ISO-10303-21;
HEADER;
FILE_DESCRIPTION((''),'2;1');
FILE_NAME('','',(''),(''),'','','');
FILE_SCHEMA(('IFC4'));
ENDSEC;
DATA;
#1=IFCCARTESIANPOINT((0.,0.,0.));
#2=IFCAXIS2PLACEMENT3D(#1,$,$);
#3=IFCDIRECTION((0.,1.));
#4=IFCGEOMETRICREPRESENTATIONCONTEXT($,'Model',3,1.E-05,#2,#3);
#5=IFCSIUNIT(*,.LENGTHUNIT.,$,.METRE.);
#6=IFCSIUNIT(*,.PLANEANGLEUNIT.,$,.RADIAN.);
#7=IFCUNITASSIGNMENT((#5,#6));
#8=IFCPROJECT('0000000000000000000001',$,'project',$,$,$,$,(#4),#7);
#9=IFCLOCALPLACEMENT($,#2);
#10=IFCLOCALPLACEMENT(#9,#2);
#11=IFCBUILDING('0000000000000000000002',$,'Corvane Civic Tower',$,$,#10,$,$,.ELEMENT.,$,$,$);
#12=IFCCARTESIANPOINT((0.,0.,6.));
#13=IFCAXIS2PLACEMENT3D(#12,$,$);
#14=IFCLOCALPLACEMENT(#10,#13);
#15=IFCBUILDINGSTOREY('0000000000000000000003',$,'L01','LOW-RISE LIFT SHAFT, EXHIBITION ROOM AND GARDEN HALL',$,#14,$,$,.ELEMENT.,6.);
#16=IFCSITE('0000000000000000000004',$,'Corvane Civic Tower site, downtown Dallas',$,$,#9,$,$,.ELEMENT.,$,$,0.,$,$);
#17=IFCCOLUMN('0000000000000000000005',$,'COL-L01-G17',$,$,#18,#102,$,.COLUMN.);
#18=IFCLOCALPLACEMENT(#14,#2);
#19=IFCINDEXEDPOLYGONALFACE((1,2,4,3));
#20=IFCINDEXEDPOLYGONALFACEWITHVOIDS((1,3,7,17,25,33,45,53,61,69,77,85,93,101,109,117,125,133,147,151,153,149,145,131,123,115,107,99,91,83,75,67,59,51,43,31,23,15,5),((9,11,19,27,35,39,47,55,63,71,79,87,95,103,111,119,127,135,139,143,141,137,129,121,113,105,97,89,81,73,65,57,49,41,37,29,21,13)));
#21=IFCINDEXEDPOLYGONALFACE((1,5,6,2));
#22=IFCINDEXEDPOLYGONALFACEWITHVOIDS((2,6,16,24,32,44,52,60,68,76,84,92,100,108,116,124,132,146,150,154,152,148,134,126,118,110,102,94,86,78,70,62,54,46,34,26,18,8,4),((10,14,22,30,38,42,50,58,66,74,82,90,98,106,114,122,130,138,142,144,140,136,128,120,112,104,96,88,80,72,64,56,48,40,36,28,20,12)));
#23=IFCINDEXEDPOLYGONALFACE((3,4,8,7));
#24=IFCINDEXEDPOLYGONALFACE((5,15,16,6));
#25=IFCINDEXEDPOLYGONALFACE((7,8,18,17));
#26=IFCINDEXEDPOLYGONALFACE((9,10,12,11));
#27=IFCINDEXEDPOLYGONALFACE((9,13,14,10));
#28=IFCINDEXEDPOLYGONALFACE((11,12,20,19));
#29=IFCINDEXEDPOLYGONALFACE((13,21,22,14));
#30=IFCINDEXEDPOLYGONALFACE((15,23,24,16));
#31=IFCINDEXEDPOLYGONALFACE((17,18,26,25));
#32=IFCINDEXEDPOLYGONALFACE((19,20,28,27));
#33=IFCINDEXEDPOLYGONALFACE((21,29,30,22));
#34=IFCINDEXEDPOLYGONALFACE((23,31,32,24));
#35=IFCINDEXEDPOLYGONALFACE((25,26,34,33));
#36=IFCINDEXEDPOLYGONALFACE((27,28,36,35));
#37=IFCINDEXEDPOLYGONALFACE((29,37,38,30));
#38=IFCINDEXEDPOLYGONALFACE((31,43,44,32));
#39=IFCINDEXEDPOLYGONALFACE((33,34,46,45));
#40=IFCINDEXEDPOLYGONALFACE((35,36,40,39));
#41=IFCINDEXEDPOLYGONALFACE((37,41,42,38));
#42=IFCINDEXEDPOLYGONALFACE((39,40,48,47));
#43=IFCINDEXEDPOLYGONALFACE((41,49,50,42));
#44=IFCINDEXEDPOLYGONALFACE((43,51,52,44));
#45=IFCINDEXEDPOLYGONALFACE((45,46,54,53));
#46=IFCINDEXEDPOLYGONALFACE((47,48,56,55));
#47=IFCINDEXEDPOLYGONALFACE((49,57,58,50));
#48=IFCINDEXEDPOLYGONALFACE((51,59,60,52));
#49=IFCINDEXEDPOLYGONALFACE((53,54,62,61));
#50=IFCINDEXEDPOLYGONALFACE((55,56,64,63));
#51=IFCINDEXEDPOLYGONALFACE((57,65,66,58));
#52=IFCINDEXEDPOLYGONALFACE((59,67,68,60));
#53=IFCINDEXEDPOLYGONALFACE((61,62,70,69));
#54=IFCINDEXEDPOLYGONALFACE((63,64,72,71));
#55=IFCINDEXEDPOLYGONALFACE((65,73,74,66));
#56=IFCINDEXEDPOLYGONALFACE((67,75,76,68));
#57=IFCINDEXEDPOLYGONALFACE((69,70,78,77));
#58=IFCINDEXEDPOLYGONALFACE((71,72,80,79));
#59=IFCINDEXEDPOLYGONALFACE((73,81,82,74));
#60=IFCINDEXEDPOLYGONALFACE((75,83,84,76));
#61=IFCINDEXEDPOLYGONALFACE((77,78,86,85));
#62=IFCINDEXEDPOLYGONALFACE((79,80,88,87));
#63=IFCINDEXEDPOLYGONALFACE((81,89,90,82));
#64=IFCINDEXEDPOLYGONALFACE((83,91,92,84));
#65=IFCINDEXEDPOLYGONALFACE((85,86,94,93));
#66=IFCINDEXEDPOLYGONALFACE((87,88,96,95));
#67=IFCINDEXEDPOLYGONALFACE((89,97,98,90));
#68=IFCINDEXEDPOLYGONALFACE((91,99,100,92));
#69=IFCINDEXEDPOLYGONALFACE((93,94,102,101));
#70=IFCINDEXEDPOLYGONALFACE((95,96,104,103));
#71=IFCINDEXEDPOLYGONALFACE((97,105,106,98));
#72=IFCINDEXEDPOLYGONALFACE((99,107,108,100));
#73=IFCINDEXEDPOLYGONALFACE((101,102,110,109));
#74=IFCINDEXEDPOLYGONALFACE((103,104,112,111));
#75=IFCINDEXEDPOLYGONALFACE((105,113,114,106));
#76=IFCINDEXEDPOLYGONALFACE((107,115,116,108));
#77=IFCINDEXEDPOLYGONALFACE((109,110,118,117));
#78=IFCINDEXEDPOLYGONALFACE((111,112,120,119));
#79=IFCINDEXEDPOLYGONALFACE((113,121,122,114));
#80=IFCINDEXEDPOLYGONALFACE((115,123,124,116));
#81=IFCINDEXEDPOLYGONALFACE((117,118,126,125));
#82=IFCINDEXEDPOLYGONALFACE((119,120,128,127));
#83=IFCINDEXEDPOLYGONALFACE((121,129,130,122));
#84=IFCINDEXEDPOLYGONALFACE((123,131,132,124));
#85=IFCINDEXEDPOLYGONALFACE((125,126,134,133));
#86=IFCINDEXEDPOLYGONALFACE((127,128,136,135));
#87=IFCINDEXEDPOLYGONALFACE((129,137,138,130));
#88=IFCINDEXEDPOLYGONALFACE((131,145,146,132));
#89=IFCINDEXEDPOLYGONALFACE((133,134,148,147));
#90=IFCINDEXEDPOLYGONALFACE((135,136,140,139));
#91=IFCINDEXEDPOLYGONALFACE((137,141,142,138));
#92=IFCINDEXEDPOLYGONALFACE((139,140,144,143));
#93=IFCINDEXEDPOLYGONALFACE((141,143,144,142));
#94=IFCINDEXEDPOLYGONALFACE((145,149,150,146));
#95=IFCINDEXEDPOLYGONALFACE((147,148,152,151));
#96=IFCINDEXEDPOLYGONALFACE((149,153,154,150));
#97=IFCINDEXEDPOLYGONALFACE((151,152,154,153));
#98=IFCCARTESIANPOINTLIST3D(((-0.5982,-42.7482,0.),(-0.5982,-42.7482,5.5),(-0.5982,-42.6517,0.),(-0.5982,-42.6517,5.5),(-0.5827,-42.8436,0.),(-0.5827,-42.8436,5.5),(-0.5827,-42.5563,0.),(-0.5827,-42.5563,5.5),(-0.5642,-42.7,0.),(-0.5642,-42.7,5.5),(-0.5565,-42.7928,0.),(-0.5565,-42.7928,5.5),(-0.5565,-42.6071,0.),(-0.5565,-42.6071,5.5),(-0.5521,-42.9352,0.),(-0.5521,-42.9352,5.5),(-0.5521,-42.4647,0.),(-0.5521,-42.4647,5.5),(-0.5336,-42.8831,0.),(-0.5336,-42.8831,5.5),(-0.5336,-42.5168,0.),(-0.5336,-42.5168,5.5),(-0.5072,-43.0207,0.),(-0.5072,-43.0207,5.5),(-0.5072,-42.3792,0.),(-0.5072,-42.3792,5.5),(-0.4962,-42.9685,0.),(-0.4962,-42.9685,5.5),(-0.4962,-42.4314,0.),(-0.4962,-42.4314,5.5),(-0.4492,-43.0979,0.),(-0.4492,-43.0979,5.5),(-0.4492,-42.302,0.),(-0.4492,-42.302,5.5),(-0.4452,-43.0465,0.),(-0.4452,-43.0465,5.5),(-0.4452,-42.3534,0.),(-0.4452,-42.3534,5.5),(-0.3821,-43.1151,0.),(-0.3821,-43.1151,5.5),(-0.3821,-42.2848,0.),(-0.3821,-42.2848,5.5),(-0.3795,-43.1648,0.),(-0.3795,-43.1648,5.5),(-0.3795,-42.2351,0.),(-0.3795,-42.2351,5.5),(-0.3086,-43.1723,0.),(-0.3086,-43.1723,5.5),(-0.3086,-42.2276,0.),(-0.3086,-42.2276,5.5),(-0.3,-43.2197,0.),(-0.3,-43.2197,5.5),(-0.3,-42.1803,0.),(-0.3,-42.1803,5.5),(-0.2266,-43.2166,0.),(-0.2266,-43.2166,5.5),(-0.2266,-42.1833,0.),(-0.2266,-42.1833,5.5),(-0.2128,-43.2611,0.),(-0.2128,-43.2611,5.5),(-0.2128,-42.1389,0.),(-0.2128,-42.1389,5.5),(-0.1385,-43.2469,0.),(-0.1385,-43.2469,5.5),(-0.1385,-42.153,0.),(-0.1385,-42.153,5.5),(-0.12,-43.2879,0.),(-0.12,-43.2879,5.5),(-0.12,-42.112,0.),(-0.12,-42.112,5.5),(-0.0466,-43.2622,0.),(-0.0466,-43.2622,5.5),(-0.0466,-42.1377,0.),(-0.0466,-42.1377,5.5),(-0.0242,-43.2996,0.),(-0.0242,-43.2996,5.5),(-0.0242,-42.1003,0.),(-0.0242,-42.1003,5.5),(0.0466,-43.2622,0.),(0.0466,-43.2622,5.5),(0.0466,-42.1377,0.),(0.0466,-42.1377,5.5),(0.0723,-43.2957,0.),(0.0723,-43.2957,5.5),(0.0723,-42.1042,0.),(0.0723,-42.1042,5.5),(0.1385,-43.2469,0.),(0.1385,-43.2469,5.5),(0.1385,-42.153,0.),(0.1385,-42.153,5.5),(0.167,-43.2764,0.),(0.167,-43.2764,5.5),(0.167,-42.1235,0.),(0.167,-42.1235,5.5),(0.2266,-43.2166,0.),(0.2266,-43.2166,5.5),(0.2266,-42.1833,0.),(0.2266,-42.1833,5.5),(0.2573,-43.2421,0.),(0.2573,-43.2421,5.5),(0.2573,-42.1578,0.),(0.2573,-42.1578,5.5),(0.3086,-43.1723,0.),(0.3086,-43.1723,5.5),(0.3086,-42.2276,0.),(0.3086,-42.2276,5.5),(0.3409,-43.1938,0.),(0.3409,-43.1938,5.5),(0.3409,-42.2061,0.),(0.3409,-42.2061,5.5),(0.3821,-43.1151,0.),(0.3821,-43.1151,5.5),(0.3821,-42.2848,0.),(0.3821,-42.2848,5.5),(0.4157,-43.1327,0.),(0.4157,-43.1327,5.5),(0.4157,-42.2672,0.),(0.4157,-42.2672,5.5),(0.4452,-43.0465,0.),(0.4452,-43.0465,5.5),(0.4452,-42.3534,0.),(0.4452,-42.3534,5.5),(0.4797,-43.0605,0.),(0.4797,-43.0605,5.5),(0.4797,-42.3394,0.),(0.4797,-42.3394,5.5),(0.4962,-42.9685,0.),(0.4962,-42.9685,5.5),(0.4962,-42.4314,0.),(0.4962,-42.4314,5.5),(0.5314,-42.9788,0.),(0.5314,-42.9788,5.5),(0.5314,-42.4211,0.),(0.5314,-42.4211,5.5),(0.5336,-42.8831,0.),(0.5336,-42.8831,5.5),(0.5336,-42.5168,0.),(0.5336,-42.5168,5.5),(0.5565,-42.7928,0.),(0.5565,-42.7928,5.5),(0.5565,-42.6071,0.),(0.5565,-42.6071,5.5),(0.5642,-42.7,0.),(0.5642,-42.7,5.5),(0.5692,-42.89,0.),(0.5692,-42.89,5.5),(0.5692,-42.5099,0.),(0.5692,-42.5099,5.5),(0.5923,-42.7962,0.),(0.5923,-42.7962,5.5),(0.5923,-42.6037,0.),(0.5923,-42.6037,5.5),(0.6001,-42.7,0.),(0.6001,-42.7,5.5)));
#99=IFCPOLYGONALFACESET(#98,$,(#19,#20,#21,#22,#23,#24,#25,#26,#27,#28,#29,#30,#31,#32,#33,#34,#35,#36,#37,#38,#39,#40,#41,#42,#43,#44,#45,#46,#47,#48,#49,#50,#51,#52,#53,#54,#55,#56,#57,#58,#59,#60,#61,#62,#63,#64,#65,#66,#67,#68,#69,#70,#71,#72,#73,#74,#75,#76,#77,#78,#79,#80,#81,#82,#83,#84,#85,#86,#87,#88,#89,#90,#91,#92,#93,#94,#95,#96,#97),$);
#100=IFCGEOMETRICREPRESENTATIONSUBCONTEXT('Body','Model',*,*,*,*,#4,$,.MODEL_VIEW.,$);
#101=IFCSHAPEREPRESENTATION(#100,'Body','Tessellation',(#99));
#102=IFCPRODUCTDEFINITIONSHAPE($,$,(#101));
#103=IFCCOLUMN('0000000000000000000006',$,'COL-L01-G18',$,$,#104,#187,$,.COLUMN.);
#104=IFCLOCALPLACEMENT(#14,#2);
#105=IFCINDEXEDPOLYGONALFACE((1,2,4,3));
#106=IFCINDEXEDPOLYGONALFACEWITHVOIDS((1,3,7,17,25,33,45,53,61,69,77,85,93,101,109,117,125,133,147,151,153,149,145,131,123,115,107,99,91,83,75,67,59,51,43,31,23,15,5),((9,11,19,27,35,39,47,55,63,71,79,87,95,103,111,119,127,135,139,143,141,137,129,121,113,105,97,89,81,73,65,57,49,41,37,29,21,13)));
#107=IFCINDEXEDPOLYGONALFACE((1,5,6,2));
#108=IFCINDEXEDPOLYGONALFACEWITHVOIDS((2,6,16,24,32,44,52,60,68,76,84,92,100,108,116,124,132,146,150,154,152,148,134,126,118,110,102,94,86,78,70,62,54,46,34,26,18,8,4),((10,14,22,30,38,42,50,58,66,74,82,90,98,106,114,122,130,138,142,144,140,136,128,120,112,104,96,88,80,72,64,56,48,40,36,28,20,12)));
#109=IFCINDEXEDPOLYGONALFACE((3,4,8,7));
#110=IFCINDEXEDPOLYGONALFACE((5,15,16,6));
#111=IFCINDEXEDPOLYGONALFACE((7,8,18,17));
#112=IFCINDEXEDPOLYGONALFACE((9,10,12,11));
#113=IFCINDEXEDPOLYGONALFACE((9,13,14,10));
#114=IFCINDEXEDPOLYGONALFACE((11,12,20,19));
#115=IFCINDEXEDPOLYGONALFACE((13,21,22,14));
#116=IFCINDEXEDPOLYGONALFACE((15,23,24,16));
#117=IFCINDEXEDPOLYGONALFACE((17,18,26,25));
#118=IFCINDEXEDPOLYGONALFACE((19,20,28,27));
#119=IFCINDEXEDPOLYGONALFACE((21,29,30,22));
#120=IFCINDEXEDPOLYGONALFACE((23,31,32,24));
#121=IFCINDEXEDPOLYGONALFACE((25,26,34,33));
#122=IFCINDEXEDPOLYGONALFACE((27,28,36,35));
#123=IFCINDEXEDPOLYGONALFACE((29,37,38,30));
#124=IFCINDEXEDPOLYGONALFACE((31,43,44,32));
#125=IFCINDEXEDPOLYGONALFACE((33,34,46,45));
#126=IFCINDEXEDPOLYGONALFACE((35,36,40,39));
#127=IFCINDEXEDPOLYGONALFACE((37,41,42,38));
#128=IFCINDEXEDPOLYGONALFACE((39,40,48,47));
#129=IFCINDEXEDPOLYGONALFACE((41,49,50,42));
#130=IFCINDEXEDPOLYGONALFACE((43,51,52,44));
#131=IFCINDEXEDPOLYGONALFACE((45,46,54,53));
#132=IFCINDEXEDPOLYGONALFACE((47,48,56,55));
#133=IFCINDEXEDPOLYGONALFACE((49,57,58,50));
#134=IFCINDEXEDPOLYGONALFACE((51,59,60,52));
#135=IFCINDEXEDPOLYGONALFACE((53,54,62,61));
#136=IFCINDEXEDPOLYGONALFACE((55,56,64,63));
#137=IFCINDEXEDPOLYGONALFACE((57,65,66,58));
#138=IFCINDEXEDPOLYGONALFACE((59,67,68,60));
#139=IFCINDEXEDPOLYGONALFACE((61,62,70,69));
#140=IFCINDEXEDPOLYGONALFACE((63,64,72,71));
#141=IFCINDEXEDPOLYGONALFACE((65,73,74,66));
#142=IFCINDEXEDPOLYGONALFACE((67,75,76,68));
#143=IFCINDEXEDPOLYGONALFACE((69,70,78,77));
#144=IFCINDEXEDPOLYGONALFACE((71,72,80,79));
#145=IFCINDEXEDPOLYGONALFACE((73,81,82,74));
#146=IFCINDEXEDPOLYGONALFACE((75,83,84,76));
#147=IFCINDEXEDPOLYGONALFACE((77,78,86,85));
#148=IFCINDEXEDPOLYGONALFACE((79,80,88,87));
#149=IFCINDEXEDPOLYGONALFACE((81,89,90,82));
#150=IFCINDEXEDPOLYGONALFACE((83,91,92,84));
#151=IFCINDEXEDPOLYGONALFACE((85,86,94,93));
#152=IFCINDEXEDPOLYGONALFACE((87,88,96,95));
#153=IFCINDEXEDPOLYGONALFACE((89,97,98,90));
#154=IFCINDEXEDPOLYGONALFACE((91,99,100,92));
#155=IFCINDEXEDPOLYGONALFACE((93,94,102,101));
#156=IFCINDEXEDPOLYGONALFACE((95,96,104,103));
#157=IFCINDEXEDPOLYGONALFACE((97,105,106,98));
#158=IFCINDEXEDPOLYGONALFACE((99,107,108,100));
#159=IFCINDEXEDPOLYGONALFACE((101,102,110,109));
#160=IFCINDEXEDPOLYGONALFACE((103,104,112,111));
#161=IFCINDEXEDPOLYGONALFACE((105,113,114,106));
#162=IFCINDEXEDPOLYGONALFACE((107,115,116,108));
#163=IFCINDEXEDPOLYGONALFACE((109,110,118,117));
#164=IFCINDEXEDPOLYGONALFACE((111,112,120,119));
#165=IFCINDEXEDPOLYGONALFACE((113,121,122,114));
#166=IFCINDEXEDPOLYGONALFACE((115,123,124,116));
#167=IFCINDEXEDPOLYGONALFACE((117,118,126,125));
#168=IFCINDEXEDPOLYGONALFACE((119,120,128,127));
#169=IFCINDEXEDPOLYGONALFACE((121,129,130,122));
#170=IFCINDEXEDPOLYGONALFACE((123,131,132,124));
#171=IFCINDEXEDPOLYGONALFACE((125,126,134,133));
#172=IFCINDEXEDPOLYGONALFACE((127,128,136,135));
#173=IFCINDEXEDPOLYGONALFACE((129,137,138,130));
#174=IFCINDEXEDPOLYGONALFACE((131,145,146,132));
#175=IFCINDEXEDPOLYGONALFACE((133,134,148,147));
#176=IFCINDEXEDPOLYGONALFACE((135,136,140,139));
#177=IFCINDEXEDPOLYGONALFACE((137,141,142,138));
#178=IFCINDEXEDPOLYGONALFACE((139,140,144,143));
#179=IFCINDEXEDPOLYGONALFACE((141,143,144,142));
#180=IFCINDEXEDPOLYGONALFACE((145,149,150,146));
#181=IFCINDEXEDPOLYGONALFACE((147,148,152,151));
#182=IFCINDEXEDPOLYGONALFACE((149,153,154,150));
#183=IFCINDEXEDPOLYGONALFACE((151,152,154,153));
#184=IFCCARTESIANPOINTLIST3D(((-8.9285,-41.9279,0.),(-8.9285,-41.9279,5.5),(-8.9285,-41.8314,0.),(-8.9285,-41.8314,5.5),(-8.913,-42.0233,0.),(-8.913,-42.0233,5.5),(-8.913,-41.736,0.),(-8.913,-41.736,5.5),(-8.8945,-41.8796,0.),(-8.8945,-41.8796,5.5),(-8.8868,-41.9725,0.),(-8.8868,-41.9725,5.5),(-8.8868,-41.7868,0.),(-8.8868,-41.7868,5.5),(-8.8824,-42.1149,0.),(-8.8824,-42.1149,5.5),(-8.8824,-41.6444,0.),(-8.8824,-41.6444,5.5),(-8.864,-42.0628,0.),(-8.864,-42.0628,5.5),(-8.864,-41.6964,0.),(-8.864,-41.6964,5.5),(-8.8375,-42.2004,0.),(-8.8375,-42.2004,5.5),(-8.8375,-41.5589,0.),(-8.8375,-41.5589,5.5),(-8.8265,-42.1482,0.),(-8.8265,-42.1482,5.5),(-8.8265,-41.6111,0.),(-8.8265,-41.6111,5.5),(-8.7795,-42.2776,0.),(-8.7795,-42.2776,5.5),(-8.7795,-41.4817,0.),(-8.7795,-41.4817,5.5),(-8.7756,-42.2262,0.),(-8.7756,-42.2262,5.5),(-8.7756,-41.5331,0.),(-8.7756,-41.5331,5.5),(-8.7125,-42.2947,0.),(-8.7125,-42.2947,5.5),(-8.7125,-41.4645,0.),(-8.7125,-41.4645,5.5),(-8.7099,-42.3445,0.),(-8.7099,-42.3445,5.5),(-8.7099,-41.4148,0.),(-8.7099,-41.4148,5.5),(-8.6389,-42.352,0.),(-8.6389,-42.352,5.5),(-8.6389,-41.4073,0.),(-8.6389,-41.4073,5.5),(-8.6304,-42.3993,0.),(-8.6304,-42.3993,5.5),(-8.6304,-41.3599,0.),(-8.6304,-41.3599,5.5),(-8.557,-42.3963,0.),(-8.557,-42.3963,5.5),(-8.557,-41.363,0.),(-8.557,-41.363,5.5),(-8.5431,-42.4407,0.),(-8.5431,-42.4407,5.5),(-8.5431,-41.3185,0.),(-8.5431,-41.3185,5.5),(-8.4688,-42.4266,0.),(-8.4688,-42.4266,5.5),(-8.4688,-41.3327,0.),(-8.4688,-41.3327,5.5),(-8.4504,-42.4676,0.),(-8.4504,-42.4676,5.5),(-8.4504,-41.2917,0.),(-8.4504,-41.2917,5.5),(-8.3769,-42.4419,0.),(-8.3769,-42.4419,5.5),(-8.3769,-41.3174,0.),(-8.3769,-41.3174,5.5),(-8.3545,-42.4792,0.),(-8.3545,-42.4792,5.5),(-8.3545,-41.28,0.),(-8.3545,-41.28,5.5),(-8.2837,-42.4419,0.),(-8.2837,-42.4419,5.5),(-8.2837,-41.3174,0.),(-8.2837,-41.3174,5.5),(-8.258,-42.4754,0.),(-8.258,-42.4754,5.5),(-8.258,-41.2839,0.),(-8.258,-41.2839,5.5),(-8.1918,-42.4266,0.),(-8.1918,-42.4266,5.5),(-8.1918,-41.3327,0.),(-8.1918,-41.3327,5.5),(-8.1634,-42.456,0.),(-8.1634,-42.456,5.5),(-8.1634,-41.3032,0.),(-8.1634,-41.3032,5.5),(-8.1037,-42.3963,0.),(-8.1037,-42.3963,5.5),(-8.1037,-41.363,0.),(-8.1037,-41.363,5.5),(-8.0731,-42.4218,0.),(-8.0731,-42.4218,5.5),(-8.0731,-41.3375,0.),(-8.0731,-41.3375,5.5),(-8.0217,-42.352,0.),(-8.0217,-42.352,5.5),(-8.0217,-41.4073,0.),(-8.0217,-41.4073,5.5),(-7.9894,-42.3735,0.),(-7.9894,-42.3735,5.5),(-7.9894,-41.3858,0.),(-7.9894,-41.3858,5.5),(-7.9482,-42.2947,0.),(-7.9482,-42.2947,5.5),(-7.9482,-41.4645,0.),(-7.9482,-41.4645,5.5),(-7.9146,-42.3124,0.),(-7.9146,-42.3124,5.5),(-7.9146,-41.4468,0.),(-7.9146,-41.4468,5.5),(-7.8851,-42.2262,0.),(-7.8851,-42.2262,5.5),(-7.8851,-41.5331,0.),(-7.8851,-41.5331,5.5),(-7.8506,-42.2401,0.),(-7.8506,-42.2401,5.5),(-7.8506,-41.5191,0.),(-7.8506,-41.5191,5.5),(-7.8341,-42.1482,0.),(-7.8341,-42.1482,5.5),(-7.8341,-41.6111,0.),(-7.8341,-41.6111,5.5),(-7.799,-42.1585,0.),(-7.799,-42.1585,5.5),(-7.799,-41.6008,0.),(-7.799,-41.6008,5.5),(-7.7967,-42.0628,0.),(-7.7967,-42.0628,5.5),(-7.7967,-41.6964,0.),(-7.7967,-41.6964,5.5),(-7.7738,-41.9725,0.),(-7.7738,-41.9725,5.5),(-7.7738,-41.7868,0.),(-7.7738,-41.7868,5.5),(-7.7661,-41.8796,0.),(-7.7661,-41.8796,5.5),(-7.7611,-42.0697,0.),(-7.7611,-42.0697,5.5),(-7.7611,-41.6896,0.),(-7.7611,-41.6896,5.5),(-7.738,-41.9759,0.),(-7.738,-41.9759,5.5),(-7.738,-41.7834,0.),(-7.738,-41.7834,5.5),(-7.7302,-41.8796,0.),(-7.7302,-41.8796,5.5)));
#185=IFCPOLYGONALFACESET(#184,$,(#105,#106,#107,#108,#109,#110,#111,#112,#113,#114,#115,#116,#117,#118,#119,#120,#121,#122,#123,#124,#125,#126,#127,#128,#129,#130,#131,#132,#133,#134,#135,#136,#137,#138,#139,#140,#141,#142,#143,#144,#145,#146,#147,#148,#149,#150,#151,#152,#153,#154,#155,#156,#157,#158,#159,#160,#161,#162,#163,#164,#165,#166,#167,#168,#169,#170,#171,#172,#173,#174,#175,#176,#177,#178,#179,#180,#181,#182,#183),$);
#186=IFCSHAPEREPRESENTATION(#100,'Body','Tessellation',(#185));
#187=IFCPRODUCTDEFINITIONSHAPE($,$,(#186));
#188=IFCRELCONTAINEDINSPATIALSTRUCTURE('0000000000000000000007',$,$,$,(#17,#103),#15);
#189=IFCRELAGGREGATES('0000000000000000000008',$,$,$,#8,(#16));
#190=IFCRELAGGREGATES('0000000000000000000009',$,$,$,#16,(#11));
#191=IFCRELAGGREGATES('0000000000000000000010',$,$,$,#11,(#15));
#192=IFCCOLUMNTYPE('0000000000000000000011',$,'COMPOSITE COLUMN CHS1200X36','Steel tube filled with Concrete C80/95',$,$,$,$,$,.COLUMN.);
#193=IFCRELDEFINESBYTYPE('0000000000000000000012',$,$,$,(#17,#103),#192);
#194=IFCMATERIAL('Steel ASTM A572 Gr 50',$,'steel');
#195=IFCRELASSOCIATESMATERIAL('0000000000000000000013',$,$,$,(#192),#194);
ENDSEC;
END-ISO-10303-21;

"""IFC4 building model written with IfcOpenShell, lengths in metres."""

from ifc_helpers import new_model, si_unit, direction, frame, origin, origin_2d, place, context, subcontext, project, spatial, hollow_circle, extrude, material, material_profile, profile_set, type_object, element, save


model = new_model("IFC4")

# Units and contexts
model_context = context("Model", 3, precision=1e-05, world=origin(), true_north=direction((0.0, 1.0)))
body_context = subcontext(model_context, "Body", "Model", "MODEL_VIEW")
ifc_project = project(units=[si_unit("LENGTHUNIT", "METRE"), si_unit("PLANEANGLEUNIT", "RADIAN")], contexts=[model_context])

# Site, building, storey
site_placement = place(None, origin())
site = spatial("IfcSite", under=ifc_project, at=site_placement, Name="Corvane Civic Tower site, downtown Dallas", CompositionType="ELEMENT", RefElevation=0.0)
building_placement = place(site_placement, origin())
building = spatial("IfcBuilding", under=site, at=building_placement, Name="Corvane Civic Tower", CompositionType="ELEMENT")
storey_placement = place(building_placement, frame((0.0, 0.0, 6.0)))
storey = spatial("IfcBuildingStorey", under=building, at=storey_placement, Name="L01", Description="LOW-RISE LIFT SHAFT, EXHIBITION ROOM AND GARDEN HALL", CompositionType="ELEMENT", Elevation=6.0)

# Columns
ifc_material_1 = material(Name="Steel ASTM A572 Gr 50", Category="steel")
ifc_material_profile_1 = material_profile(ifc_material_1, hollow_circle(Radius=0.6001, WallThickness=0.0359, at=origin_2d()), Name="CHS1200X36")
ifc_profile_set_1 = profile_set([ifc_material_profile_1], Name="Steel ASTM A572 Gr 50")
column_type = type_object("IfcColumnType", Name="COMPOSITE COLUMN CHS1200X36", Description="Steel tube filled with Concrete C80/95", PredefinedType="COLUMN", material=ifc_profile_set_1)
for number, where, z_axis, x_axis, name in (
    (1, (0.0, -42.7, 0.0), (0.0, 0.0, 1.0), (1.0, 0.0, 0.0), "COL-L01-G17"),
    (2, (-8.3303, -41.8796, 0.0), (0.0, 0.0, 1.0), (1.0, 0.0, 0.0), "COL-L01-G18"),
):
    element("IfcColumn", number, at=place(storey_placement, frame(where, z_axis=z_axis, x_axis=x_axis)), inside=storey, type_object=column_type, Name=name, PredefinedType="COLUMN", context=body_context, shape_type="SweptSolid", body=[
        extrude(hollow_circle(Radius=0.6001, WallThickness=0.0359, at=origin_2d()), origin(), (0.0, 0.0, 1.0), 5.5),
    ])

save(model, "model.ifc")
